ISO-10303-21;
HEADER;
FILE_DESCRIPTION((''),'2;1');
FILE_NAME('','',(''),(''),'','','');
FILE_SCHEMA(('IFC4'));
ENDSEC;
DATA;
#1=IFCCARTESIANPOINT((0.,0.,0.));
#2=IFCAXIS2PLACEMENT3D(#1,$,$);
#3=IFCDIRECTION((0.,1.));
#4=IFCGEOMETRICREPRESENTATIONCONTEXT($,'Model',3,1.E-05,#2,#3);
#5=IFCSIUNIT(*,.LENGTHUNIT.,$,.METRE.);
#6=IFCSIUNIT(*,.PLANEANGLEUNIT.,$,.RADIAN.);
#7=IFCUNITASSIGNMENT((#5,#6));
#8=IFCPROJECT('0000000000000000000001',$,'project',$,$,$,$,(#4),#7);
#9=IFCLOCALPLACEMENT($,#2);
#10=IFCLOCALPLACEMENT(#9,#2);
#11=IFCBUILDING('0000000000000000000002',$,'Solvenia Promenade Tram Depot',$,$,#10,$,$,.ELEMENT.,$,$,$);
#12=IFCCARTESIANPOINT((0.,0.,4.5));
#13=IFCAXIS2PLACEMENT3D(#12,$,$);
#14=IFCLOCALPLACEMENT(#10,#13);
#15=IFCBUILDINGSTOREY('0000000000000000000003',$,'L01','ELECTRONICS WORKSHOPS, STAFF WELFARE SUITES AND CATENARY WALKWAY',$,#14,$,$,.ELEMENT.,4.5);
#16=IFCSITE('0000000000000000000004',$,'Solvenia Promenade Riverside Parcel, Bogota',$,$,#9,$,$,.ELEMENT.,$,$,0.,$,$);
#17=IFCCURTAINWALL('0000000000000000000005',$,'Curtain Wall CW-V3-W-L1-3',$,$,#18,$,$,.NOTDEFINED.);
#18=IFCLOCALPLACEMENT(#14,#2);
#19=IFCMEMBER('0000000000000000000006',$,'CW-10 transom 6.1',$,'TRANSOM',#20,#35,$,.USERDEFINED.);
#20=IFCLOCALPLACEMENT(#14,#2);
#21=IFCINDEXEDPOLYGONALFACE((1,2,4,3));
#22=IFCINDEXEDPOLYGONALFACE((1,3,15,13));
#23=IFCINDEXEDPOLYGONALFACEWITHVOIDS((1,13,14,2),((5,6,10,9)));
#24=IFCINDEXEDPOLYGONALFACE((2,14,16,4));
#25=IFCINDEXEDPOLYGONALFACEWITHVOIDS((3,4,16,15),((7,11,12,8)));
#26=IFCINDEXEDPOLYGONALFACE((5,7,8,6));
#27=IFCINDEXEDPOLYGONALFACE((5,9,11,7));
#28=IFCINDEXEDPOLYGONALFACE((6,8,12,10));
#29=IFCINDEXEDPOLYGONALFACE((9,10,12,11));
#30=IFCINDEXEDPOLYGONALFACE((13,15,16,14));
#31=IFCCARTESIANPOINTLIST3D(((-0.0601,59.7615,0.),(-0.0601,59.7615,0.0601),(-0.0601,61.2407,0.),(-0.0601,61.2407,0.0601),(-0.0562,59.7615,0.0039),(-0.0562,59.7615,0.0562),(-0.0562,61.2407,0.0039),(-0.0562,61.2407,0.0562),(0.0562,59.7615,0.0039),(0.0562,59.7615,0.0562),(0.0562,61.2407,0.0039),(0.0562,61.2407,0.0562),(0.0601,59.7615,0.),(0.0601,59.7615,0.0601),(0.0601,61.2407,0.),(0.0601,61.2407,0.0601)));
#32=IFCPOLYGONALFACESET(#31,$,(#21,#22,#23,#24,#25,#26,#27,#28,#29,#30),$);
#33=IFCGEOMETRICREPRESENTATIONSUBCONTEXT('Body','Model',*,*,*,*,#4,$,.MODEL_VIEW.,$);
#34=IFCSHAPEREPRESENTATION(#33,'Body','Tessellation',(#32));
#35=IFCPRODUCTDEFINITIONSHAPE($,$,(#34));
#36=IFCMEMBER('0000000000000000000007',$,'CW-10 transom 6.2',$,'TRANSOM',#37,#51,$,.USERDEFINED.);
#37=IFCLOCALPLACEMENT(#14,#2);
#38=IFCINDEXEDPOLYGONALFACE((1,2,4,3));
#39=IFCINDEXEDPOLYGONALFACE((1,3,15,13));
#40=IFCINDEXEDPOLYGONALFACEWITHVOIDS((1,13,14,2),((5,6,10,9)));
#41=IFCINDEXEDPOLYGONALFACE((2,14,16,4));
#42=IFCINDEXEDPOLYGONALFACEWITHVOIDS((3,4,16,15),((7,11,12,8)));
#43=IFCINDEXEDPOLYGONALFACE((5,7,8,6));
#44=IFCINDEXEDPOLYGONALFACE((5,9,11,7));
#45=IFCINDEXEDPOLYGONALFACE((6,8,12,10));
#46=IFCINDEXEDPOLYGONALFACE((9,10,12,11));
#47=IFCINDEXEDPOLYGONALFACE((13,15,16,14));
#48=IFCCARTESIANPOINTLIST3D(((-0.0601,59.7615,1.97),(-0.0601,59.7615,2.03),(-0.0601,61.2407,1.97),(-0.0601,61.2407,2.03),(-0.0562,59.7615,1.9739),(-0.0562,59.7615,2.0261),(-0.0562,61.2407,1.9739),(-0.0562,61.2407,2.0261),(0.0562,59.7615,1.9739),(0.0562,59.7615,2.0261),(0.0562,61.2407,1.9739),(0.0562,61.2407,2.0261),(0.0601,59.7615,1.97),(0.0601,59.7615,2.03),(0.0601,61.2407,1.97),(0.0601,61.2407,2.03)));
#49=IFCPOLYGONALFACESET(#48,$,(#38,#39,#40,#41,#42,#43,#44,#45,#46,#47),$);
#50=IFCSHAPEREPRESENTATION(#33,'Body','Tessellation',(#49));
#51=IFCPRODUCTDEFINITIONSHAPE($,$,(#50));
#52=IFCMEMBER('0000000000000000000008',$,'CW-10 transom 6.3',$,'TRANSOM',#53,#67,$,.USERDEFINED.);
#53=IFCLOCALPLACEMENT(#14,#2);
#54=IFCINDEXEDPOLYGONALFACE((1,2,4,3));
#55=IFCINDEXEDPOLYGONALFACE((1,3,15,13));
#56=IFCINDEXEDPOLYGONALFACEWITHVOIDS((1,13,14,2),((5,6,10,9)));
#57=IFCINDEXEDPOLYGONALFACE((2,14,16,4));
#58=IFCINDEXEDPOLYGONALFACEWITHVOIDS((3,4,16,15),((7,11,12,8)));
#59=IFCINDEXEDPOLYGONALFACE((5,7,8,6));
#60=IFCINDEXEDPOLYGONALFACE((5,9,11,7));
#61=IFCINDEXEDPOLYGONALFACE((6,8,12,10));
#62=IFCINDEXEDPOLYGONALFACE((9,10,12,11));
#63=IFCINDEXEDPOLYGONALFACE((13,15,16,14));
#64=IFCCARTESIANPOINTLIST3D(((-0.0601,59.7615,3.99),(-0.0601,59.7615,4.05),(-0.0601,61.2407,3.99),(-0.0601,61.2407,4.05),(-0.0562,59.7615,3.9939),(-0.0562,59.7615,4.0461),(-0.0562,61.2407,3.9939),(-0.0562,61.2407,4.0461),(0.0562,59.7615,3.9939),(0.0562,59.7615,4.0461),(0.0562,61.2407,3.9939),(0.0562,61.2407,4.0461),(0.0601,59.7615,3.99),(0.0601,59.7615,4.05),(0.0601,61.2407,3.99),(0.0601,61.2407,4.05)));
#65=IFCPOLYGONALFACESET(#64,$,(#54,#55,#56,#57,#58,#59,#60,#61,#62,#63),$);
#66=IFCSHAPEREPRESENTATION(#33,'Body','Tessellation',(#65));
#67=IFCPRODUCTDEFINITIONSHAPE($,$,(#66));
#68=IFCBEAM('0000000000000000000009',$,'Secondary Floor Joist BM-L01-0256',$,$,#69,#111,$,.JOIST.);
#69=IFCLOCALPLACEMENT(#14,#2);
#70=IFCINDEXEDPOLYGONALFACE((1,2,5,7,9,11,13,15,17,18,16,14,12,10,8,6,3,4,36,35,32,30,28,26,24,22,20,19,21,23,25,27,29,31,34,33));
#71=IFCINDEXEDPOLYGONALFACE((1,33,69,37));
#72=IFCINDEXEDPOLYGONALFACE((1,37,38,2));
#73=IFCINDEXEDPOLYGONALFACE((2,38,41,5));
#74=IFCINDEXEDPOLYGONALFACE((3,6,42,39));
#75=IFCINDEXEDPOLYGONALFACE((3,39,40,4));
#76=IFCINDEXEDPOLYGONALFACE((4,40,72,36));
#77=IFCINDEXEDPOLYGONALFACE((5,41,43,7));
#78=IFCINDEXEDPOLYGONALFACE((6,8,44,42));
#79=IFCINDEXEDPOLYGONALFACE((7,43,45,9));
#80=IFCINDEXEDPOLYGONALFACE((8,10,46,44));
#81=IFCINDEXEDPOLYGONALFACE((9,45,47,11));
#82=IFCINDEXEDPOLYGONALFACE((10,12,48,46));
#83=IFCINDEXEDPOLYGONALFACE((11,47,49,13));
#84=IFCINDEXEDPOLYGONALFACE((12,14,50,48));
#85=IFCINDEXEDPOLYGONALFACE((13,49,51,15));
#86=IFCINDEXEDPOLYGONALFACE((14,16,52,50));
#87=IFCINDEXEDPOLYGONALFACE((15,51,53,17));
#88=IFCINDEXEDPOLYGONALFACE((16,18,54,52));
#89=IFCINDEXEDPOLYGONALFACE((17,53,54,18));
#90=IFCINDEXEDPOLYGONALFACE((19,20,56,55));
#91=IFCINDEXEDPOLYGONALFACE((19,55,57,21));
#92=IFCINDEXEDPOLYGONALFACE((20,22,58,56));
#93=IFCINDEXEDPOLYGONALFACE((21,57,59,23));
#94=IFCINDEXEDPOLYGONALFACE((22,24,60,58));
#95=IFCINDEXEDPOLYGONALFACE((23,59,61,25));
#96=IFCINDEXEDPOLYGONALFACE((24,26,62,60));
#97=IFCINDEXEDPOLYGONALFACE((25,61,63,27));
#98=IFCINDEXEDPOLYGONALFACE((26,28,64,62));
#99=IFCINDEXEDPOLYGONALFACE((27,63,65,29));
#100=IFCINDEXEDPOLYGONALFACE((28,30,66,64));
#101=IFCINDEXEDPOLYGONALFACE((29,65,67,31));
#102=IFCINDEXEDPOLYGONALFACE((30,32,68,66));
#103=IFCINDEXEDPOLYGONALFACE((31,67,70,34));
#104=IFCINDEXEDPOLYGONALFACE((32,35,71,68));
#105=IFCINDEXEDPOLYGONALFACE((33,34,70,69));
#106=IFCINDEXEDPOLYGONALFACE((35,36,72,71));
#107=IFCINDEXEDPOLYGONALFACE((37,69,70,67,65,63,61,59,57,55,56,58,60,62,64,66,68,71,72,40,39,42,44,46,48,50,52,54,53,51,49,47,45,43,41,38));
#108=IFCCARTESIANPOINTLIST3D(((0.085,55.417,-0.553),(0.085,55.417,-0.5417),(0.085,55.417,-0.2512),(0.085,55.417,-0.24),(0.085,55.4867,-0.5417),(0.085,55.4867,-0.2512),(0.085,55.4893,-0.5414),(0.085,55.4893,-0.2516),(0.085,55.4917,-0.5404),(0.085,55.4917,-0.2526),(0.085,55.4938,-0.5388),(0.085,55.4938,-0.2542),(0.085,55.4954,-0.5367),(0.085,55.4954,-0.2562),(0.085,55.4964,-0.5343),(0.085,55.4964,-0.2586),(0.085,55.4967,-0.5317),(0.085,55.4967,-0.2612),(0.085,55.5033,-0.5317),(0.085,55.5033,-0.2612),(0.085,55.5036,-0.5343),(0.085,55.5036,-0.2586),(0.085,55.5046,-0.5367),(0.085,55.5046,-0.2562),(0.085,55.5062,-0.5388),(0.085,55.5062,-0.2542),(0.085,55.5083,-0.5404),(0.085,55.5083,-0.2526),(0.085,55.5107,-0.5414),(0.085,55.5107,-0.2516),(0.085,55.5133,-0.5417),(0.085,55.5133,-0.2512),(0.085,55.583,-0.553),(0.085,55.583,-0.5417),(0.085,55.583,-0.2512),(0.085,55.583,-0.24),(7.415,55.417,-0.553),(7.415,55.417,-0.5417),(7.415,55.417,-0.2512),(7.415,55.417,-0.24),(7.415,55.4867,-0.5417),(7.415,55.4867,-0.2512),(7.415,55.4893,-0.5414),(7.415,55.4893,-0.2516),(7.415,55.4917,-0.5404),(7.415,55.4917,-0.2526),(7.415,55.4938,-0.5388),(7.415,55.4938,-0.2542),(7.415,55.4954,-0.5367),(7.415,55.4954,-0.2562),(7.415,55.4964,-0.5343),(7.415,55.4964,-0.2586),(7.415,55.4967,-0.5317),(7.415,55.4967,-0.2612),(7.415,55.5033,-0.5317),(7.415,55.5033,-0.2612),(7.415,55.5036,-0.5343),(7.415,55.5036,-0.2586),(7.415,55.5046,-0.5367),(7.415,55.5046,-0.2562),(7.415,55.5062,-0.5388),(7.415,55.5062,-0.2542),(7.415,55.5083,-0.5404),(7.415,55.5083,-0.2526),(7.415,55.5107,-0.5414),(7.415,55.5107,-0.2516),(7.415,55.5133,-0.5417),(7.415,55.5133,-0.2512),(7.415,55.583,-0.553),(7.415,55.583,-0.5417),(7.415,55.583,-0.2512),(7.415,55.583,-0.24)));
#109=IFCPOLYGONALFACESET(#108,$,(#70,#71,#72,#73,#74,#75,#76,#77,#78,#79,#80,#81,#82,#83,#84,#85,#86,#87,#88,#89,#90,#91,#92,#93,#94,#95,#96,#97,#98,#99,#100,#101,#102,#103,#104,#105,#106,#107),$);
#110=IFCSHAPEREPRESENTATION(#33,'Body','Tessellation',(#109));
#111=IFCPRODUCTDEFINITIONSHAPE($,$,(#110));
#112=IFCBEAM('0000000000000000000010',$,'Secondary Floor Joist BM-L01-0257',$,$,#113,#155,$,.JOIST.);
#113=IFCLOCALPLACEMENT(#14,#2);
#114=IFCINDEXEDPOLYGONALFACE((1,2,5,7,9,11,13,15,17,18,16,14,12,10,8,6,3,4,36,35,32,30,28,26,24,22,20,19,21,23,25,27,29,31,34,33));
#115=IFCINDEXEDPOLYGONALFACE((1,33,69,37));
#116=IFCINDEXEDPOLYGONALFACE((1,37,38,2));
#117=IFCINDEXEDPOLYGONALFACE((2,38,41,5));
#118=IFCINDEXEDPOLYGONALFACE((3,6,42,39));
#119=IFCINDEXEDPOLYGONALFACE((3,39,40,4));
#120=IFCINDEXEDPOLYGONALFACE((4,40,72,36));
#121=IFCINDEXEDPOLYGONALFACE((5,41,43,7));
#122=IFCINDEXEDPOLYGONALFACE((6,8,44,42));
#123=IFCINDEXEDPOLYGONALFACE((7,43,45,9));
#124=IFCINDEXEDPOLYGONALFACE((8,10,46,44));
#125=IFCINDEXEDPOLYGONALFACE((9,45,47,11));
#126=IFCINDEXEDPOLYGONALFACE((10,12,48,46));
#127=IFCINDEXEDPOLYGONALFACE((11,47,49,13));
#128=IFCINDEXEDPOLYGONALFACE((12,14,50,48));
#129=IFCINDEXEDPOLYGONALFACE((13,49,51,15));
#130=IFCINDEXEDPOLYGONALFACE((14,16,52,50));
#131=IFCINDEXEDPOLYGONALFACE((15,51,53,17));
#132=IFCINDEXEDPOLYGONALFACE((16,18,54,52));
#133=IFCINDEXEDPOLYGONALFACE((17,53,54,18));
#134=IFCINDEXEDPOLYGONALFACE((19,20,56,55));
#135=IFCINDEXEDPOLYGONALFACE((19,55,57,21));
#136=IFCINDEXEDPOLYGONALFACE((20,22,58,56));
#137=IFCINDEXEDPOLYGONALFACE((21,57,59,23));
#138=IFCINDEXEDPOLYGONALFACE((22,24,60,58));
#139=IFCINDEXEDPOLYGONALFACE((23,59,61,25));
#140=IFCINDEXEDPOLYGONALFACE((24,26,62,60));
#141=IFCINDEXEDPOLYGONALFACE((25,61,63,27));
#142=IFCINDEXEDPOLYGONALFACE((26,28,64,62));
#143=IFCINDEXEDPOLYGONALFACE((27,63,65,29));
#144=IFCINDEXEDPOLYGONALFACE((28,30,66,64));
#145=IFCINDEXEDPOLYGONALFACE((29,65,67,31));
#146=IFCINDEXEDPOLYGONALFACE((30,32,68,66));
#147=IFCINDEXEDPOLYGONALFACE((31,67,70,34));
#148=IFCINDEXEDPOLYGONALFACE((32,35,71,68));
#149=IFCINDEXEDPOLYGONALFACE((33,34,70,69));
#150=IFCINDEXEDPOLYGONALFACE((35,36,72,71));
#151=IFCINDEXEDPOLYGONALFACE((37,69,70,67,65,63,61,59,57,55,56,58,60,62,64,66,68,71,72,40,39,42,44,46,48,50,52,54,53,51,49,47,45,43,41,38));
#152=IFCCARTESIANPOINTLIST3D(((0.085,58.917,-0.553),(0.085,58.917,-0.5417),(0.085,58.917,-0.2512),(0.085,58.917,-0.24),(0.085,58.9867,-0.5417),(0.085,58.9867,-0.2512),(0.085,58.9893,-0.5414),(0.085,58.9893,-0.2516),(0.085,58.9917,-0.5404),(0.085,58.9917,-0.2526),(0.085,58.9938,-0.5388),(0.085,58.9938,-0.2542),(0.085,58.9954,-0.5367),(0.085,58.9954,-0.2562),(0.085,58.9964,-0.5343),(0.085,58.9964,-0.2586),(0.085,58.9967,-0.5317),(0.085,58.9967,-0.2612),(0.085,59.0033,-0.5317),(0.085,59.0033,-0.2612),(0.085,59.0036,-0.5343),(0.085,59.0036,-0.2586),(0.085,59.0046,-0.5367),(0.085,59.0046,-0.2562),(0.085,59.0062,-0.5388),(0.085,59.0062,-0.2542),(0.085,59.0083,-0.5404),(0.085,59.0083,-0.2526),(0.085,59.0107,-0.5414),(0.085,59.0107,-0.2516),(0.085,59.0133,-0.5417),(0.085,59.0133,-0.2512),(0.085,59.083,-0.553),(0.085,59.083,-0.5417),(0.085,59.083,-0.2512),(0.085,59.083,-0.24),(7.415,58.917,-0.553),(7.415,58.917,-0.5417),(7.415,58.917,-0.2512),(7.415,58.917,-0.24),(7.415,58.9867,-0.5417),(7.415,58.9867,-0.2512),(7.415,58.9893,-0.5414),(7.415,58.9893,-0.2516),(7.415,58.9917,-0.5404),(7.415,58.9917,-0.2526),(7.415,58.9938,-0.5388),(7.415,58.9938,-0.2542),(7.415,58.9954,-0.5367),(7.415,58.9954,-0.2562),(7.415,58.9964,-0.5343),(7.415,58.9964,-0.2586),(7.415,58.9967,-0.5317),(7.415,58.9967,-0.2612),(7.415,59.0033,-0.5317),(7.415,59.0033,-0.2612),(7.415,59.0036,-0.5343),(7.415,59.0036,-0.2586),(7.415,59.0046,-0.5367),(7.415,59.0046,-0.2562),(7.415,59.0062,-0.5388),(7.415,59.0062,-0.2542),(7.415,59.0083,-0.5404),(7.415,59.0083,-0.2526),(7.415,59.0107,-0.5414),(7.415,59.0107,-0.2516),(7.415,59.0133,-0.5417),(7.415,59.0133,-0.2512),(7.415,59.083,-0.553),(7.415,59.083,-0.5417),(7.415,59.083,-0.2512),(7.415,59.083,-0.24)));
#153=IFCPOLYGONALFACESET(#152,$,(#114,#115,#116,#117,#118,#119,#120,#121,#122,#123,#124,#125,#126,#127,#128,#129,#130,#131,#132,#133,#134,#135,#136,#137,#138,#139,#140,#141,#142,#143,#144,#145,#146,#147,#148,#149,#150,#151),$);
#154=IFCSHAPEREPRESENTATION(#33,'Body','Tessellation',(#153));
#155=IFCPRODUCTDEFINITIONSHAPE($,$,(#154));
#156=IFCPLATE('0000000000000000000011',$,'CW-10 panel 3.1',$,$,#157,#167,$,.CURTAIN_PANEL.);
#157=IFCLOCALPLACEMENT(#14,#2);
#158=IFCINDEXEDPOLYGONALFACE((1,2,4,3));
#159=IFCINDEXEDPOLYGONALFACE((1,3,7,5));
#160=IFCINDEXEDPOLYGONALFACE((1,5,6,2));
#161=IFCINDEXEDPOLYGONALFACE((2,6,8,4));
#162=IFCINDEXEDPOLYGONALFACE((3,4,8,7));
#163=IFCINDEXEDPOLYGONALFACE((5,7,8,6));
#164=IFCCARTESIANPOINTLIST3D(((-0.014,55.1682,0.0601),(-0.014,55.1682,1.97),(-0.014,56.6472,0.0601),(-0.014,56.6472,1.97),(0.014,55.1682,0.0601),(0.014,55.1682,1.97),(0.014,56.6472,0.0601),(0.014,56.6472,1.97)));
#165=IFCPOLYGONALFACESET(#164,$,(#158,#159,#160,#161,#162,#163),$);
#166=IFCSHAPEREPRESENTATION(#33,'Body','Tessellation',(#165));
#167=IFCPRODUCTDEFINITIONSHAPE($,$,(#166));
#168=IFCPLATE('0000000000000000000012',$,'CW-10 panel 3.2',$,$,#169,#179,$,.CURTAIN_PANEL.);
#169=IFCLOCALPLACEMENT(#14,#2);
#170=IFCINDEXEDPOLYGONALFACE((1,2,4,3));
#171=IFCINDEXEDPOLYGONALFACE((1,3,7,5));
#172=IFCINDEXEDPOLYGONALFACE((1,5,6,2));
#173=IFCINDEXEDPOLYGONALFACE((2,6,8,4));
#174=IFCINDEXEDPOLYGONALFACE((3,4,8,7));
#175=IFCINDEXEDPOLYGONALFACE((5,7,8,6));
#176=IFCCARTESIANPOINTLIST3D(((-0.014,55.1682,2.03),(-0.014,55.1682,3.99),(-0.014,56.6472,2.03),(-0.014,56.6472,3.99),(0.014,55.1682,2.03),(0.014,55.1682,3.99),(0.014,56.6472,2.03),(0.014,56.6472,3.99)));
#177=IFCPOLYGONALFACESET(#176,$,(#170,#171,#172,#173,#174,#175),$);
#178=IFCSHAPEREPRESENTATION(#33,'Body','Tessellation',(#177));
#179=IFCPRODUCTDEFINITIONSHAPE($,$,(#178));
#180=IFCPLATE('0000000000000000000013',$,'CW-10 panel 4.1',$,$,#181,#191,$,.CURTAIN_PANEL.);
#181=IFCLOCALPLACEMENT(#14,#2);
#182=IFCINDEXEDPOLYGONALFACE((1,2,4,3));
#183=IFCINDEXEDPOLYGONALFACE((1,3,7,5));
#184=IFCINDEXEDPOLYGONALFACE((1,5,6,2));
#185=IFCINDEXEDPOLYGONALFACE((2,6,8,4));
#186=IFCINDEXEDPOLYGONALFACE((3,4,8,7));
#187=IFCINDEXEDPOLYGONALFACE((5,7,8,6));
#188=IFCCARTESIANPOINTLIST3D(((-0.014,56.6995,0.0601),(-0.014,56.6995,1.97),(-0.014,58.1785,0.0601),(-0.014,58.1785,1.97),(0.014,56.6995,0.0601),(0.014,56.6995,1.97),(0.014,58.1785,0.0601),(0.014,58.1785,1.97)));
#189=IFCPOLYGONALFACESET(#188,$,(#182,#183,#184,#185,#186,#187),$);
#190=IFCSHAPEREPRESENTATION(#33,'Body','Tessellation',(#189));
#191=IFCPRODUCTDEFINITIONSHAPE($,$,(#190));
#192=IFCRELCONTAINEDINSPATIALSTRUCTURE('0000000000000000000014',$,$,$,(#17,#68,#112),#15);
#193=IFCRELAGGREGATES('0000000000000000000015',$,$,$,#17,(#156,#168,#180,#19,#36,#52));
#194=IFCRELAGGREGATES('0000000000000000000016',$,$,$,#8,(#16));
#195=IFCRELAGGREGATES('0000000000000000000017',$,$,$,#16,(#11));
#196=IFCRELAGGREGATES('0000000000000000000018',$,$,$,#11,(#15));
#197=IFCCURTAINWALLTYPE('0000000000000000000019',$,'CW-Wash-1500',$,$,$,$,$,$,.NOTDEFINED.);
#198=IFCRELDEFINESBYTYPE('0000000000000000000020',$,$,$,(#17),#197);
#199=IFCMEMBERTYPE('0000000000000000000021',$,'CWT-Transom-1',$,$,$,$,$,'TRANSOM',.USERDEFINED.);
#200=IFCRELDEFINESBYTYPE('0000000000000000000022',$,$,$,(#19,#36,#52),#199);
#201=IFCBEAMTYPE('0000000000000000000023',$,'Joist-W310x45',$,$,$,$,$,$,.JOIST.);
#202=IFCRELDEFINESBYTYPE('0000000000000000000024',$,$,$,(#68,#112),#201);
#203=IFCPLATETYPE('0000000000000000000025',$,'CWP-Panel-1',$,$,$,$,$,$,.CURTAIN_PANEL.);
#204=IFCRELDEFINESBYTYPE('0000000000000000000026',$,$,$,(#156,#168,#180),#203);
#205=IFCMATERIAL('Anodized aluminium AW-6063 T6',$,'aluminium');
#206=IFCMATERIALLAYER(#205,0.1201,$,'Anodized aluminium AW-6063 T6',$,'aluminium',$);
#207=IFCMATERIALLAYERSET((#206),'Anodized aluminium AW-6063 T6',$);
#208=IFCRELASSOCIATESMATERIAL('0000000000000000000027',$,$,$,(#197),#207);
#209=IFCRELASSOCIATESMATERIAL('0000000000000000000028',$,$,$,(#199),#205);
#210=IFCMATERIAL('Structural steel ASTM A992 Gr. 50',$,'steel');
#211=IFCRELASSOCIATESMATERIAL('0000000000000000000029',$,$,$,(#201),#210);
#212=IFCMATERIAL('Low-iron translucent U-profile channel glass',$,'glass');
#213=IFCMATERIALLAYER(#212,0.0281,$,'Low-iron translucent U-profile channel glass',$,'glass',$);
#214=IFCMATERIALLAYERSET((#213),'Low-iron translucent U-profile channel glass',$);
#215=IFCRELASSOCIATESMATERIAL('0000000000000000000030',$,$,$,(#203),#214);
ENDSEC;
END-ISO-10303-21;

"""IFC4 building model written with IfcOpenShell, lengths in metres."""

from ifc_helpers import new_model, si_unit, direction, frame, origin, origin_2d, place, context, subcontext, project, spatial, rectangle, hollow_rectangle, i_section, extrude, material, layer, layer_set, material_profile, profile_set, type_object, element, aggregate, save


model = new_model("IFC4")

# Units and contexts
model_context = context("Model", 3, precision=1e-05, world=origin(), true_north=direction((0.0, 1.0)))
body_context = subcontext(model_context, "Body", "Model", "MODEL_VIEW")
ifc_project = project(units=[si_unit("LENGTHUNIT", "METRE"), si_unit("PLANEANGLEUNIT", "RADIAN")], contexts=[model_context])

# Site, building, storey
site_placement = place(None, origin())
site = spatial("IfcSite", under=ifc_project, at=site_placement, Name="Solvenia Promenade Riverside Parcel, Bogota", CompositionType="ELEMENT", RefElevation=0.0)
building_placement = place(site_placement, origin())
building = spatial("IfcBuilding", under=site, at=building_placement, Name="Solvenia Promenade Tram Depot", CompositionType="ELEMENT")
storey_placement = place(building_placement, frame((0.0, 0.0, 4.5)))
storey = spatial("IfcBuildingStorey", under=building, at=storey_placement, Name="L01", Description="ELECTRONICS WORKSHOPS, STAFF WELFARE SUITES AND CATENARY WALKWAY", CompositionType="ELEMENT", Elevation=4.5)

# Curtain wall, members
ifc_material_1 = material(Name="Anodized aluminium AW-6063 T6", Category="aluminium")
ifc_layer_1 = layer(ifc_material_1, 0.1201, Name="Anodized aluminium AW-6063 T6", Category="aluminium")
ifc_layer_set_1 = layer_set([ifc_layer_1], Name="Anodized aluminium AW-6063 T6")
curtain_wall_type = type_object("IfcCurtainWallType", Name="CW-Wash-1500", PredefinedType="NOTDEFINED", material=ifc_layer_set_1)
curtain_wall_placement = place(storey_placement, origin())
curtain_wall = element("IfcCurtainWall", 1, at=curtain_wall_placement, inside=storey, type_object=curtain_wall_type, Name="Curtain Wall CW-V3-W-L1-3", PredefinedType="NOTDEFINED")
ifc_material_profile_1 = material_profile(ifc_material_1, hollow_rectangle(XDim=0.1201, YDim=0.0601, WallThickness=0.0039, at=origin_2d()), Name="ALU-T1", Category="aluminium")
ifc_profile_set_1 = profile_set([ifc_material_profile_1], Name="Anodized aluminium AW-6063 T6")
member_type_1 = type_object("IfcMemberType", Name="CWT-Transom-1", ElementType="TRANSOM", PredefinedType="USERDEFINED", material=ifc_profile_set_1)
member_1_placement = place(storey_placement, frame((0.0, 59.7615, 0.03), z_axis=(0.0, 1.0, 0.0), x_axis=(-1.0, 0.0, 0.0)))
member_1 = element("IfcMember", 2, at=member_1_placement, type_object=member_type_1, Name="CW-10 transom 6.1", ObjectType="TRANSOM", PredefinedType="USERDEFINED", context=body_context, shape_type="SweptSolid", body=[
    extrude(hollow_rectangle(XDim=0.1201, YDim=0.0601, WallThickness=0.0039, at=origin_2d()), origin(), (0.0, 0.0, 1.0), 1.4792),
])
member_2_placement = place(storey_placement, frame((0.0, 59.7615, 2.0), z_axis=(0.0, 1.0, 0.0), x_axis=(-1.0, 0.0, 0.0)))
member_2 = element("IfcMember", 3, at=member_2_placement, type_object=member_type_1, Name="CW-10 transom 6.2", ObjectType="TRANSOM", PredefinedType="USERDEFINED", context=body_context, shape_type="SweptSolid", body=[
    extrude(hollow_rectangle(XDim=0.1201, YDim=0.0601, WallThickness=0.0039, at=origin_2d()), origin(), (0.0, 0.0, 1.0), 1.4792),
])
member_3_placement = place(storey_placement, frame((0.0, 59.7615, 4.02), z_axis=(0.0, 1.0, 0.0), x_axis=(-1.0, 0.0, 0.0)))
member_3 = element("IfcMember", 4, at=member_3_placement, type_object=member_type_1, Name="CW-10 transom 6.3", ObjectType="TRANSOM", PredefinedType="USERDEFINED", context=body_context, shape_type="SweptSolid", body=[
    extrude(hollow_rectangle(XDim=0.1201, YDim=0.0601, WallThickness=0.0039, at=origin_2d()), origin(), (0.0, 0.0, 1.0), 1.4792),
])

# Beams
ifc_material_2 = material(Name="Structural steel ASTM A992 Gr. 50", Category="steel")
ifc_material_profile_2 = material_profile(ifc_material_2, i_section(OverallWidth=0.166, OverallDepth=0.313, WebThickness=0.0066, FlangeThickness=0.0112, FilletRadius=0.01, at=origin_2d()), Name="W310x45", Category="steel")
ifc_profile_set_2 = profile_set([ifc_material_profile_2], Name="Structural steel ASTM A992 Gr. 50")
beam_type = type_object("IfcBeamType", Name="Joist-W310x45", PredefinedType="JOIST", material=ifc_profile_set_2)
for number, where, z_axis, x_axis, name in (
    (5, (0.085, 55.5, -0.3965), (1.0, 0.0, 0.0), (0.0, 1.0, 0.0), "Secondary Floor Joist BM-L01-0256"),
    (6, (0.085, 59.0, -0.3965), (1.0, 0.0, 0.0), (0.0, 1.0, 0.0), "Secondary Floor Joist BM-L01-0257"),
):
    element("IfcBeam", number, at=place(storey_placement, frame(where, z_axis=z_axis, x_axis=x_axis)), inside=storey, type_object=beam_type, Name=name, PredefinedType="JOIST", context=body_context, shape_type="SweptSolid", body=[
        extrude(i_section(OverallWidth=0.166, OverallDepth=0.313, WebThickness=0.0066, FlangeThickness=0.0112, FilletRadius=0.01, at=origin_2d()), origin(), (0.0, 0.0, 1.0), 7.3301),
    ])

# Plates
ifc_material_3 = material(Name="Low-iron translucent U-profile channel glass", Category="glass")
ifc_layer_2 = layer(ifc_material_3, 0.0281, Name="Low-iron translucent U-profile channel glass", Category="glass")
ifc_layer_set_2 = layer_set([ifc_layer_2], Name="Low-iron translucent U-profile channel glass")
plate_type = type_object("IfcPlateType", Name="CWP-Panel-1", PredefinedType="CURTAIN_PANEL", material=ifc_layer_set_2)
plate_1_placement = place(storey_placement, frame((0.0, 55.9077, 0.0601), z_axis=(0.0, 0.0, 1.0), x_axis=(0.0, 1.0, 0.0)))
plate_1 = element("IfcPlate", 7, at=plate_1_placement, type_object=plate_type, Name="CW-10 panel 3.1", PredefinedType="CURTAIN_PANEL", context=body_context, shape_type="SweptSolid", body=[
    extrude(rectangle(XDim=1.479, YDim=0.0281, at=origin_2d()), origin(), (0.0, 0.0, 1.0), 1.9099),
])
plate_2_placement = place(storey_placement, frame((0.0, 55.9077, 2.03), z_axis=(0.0, 0.0, 1.0), x_axis=(0.0, 1.0, 0.0)))
plate_2 = element("IfcPlate", 8, at=plate_2_placement, type_object=plate_type, Name="CW-10 panel 3.2", PredefinedType="CURTAIN_PANEL", context=body_context, shape_type="SweptSolid", body=[
    extrude(rectangle(XDim=1.479, YDim=0.0281, at=origin_2d()), origin(), (0.0, 0.0, 1.0), 1.96),
])
plate_3_placement = place(storey_placement, frame((0.0, 57.439, 0.0601), z_axis=(0.0, 0.0, 1.0), x_axis=(0.0, 1.0, 0.0)))
plate_3 = element("IfcPlate", 9, at=plate_3_placement, type_object=plate_type, Name="CW-10 panel 4.1", PredefinedType="CURTAIN_PANEL", context=body_context, shape_type="SweptSolid", body=[
    extrude(rectangle(XDim=1.479, YDim=0.0281, at=origin_2d()), origin(), (0.0, 0.0, 1.0), 1.9099),
])
aggregate(curtain_wall, [plate_1, plate_2, plate_3, member_1, member_2, member_3])

save(model, "model.ifc")
